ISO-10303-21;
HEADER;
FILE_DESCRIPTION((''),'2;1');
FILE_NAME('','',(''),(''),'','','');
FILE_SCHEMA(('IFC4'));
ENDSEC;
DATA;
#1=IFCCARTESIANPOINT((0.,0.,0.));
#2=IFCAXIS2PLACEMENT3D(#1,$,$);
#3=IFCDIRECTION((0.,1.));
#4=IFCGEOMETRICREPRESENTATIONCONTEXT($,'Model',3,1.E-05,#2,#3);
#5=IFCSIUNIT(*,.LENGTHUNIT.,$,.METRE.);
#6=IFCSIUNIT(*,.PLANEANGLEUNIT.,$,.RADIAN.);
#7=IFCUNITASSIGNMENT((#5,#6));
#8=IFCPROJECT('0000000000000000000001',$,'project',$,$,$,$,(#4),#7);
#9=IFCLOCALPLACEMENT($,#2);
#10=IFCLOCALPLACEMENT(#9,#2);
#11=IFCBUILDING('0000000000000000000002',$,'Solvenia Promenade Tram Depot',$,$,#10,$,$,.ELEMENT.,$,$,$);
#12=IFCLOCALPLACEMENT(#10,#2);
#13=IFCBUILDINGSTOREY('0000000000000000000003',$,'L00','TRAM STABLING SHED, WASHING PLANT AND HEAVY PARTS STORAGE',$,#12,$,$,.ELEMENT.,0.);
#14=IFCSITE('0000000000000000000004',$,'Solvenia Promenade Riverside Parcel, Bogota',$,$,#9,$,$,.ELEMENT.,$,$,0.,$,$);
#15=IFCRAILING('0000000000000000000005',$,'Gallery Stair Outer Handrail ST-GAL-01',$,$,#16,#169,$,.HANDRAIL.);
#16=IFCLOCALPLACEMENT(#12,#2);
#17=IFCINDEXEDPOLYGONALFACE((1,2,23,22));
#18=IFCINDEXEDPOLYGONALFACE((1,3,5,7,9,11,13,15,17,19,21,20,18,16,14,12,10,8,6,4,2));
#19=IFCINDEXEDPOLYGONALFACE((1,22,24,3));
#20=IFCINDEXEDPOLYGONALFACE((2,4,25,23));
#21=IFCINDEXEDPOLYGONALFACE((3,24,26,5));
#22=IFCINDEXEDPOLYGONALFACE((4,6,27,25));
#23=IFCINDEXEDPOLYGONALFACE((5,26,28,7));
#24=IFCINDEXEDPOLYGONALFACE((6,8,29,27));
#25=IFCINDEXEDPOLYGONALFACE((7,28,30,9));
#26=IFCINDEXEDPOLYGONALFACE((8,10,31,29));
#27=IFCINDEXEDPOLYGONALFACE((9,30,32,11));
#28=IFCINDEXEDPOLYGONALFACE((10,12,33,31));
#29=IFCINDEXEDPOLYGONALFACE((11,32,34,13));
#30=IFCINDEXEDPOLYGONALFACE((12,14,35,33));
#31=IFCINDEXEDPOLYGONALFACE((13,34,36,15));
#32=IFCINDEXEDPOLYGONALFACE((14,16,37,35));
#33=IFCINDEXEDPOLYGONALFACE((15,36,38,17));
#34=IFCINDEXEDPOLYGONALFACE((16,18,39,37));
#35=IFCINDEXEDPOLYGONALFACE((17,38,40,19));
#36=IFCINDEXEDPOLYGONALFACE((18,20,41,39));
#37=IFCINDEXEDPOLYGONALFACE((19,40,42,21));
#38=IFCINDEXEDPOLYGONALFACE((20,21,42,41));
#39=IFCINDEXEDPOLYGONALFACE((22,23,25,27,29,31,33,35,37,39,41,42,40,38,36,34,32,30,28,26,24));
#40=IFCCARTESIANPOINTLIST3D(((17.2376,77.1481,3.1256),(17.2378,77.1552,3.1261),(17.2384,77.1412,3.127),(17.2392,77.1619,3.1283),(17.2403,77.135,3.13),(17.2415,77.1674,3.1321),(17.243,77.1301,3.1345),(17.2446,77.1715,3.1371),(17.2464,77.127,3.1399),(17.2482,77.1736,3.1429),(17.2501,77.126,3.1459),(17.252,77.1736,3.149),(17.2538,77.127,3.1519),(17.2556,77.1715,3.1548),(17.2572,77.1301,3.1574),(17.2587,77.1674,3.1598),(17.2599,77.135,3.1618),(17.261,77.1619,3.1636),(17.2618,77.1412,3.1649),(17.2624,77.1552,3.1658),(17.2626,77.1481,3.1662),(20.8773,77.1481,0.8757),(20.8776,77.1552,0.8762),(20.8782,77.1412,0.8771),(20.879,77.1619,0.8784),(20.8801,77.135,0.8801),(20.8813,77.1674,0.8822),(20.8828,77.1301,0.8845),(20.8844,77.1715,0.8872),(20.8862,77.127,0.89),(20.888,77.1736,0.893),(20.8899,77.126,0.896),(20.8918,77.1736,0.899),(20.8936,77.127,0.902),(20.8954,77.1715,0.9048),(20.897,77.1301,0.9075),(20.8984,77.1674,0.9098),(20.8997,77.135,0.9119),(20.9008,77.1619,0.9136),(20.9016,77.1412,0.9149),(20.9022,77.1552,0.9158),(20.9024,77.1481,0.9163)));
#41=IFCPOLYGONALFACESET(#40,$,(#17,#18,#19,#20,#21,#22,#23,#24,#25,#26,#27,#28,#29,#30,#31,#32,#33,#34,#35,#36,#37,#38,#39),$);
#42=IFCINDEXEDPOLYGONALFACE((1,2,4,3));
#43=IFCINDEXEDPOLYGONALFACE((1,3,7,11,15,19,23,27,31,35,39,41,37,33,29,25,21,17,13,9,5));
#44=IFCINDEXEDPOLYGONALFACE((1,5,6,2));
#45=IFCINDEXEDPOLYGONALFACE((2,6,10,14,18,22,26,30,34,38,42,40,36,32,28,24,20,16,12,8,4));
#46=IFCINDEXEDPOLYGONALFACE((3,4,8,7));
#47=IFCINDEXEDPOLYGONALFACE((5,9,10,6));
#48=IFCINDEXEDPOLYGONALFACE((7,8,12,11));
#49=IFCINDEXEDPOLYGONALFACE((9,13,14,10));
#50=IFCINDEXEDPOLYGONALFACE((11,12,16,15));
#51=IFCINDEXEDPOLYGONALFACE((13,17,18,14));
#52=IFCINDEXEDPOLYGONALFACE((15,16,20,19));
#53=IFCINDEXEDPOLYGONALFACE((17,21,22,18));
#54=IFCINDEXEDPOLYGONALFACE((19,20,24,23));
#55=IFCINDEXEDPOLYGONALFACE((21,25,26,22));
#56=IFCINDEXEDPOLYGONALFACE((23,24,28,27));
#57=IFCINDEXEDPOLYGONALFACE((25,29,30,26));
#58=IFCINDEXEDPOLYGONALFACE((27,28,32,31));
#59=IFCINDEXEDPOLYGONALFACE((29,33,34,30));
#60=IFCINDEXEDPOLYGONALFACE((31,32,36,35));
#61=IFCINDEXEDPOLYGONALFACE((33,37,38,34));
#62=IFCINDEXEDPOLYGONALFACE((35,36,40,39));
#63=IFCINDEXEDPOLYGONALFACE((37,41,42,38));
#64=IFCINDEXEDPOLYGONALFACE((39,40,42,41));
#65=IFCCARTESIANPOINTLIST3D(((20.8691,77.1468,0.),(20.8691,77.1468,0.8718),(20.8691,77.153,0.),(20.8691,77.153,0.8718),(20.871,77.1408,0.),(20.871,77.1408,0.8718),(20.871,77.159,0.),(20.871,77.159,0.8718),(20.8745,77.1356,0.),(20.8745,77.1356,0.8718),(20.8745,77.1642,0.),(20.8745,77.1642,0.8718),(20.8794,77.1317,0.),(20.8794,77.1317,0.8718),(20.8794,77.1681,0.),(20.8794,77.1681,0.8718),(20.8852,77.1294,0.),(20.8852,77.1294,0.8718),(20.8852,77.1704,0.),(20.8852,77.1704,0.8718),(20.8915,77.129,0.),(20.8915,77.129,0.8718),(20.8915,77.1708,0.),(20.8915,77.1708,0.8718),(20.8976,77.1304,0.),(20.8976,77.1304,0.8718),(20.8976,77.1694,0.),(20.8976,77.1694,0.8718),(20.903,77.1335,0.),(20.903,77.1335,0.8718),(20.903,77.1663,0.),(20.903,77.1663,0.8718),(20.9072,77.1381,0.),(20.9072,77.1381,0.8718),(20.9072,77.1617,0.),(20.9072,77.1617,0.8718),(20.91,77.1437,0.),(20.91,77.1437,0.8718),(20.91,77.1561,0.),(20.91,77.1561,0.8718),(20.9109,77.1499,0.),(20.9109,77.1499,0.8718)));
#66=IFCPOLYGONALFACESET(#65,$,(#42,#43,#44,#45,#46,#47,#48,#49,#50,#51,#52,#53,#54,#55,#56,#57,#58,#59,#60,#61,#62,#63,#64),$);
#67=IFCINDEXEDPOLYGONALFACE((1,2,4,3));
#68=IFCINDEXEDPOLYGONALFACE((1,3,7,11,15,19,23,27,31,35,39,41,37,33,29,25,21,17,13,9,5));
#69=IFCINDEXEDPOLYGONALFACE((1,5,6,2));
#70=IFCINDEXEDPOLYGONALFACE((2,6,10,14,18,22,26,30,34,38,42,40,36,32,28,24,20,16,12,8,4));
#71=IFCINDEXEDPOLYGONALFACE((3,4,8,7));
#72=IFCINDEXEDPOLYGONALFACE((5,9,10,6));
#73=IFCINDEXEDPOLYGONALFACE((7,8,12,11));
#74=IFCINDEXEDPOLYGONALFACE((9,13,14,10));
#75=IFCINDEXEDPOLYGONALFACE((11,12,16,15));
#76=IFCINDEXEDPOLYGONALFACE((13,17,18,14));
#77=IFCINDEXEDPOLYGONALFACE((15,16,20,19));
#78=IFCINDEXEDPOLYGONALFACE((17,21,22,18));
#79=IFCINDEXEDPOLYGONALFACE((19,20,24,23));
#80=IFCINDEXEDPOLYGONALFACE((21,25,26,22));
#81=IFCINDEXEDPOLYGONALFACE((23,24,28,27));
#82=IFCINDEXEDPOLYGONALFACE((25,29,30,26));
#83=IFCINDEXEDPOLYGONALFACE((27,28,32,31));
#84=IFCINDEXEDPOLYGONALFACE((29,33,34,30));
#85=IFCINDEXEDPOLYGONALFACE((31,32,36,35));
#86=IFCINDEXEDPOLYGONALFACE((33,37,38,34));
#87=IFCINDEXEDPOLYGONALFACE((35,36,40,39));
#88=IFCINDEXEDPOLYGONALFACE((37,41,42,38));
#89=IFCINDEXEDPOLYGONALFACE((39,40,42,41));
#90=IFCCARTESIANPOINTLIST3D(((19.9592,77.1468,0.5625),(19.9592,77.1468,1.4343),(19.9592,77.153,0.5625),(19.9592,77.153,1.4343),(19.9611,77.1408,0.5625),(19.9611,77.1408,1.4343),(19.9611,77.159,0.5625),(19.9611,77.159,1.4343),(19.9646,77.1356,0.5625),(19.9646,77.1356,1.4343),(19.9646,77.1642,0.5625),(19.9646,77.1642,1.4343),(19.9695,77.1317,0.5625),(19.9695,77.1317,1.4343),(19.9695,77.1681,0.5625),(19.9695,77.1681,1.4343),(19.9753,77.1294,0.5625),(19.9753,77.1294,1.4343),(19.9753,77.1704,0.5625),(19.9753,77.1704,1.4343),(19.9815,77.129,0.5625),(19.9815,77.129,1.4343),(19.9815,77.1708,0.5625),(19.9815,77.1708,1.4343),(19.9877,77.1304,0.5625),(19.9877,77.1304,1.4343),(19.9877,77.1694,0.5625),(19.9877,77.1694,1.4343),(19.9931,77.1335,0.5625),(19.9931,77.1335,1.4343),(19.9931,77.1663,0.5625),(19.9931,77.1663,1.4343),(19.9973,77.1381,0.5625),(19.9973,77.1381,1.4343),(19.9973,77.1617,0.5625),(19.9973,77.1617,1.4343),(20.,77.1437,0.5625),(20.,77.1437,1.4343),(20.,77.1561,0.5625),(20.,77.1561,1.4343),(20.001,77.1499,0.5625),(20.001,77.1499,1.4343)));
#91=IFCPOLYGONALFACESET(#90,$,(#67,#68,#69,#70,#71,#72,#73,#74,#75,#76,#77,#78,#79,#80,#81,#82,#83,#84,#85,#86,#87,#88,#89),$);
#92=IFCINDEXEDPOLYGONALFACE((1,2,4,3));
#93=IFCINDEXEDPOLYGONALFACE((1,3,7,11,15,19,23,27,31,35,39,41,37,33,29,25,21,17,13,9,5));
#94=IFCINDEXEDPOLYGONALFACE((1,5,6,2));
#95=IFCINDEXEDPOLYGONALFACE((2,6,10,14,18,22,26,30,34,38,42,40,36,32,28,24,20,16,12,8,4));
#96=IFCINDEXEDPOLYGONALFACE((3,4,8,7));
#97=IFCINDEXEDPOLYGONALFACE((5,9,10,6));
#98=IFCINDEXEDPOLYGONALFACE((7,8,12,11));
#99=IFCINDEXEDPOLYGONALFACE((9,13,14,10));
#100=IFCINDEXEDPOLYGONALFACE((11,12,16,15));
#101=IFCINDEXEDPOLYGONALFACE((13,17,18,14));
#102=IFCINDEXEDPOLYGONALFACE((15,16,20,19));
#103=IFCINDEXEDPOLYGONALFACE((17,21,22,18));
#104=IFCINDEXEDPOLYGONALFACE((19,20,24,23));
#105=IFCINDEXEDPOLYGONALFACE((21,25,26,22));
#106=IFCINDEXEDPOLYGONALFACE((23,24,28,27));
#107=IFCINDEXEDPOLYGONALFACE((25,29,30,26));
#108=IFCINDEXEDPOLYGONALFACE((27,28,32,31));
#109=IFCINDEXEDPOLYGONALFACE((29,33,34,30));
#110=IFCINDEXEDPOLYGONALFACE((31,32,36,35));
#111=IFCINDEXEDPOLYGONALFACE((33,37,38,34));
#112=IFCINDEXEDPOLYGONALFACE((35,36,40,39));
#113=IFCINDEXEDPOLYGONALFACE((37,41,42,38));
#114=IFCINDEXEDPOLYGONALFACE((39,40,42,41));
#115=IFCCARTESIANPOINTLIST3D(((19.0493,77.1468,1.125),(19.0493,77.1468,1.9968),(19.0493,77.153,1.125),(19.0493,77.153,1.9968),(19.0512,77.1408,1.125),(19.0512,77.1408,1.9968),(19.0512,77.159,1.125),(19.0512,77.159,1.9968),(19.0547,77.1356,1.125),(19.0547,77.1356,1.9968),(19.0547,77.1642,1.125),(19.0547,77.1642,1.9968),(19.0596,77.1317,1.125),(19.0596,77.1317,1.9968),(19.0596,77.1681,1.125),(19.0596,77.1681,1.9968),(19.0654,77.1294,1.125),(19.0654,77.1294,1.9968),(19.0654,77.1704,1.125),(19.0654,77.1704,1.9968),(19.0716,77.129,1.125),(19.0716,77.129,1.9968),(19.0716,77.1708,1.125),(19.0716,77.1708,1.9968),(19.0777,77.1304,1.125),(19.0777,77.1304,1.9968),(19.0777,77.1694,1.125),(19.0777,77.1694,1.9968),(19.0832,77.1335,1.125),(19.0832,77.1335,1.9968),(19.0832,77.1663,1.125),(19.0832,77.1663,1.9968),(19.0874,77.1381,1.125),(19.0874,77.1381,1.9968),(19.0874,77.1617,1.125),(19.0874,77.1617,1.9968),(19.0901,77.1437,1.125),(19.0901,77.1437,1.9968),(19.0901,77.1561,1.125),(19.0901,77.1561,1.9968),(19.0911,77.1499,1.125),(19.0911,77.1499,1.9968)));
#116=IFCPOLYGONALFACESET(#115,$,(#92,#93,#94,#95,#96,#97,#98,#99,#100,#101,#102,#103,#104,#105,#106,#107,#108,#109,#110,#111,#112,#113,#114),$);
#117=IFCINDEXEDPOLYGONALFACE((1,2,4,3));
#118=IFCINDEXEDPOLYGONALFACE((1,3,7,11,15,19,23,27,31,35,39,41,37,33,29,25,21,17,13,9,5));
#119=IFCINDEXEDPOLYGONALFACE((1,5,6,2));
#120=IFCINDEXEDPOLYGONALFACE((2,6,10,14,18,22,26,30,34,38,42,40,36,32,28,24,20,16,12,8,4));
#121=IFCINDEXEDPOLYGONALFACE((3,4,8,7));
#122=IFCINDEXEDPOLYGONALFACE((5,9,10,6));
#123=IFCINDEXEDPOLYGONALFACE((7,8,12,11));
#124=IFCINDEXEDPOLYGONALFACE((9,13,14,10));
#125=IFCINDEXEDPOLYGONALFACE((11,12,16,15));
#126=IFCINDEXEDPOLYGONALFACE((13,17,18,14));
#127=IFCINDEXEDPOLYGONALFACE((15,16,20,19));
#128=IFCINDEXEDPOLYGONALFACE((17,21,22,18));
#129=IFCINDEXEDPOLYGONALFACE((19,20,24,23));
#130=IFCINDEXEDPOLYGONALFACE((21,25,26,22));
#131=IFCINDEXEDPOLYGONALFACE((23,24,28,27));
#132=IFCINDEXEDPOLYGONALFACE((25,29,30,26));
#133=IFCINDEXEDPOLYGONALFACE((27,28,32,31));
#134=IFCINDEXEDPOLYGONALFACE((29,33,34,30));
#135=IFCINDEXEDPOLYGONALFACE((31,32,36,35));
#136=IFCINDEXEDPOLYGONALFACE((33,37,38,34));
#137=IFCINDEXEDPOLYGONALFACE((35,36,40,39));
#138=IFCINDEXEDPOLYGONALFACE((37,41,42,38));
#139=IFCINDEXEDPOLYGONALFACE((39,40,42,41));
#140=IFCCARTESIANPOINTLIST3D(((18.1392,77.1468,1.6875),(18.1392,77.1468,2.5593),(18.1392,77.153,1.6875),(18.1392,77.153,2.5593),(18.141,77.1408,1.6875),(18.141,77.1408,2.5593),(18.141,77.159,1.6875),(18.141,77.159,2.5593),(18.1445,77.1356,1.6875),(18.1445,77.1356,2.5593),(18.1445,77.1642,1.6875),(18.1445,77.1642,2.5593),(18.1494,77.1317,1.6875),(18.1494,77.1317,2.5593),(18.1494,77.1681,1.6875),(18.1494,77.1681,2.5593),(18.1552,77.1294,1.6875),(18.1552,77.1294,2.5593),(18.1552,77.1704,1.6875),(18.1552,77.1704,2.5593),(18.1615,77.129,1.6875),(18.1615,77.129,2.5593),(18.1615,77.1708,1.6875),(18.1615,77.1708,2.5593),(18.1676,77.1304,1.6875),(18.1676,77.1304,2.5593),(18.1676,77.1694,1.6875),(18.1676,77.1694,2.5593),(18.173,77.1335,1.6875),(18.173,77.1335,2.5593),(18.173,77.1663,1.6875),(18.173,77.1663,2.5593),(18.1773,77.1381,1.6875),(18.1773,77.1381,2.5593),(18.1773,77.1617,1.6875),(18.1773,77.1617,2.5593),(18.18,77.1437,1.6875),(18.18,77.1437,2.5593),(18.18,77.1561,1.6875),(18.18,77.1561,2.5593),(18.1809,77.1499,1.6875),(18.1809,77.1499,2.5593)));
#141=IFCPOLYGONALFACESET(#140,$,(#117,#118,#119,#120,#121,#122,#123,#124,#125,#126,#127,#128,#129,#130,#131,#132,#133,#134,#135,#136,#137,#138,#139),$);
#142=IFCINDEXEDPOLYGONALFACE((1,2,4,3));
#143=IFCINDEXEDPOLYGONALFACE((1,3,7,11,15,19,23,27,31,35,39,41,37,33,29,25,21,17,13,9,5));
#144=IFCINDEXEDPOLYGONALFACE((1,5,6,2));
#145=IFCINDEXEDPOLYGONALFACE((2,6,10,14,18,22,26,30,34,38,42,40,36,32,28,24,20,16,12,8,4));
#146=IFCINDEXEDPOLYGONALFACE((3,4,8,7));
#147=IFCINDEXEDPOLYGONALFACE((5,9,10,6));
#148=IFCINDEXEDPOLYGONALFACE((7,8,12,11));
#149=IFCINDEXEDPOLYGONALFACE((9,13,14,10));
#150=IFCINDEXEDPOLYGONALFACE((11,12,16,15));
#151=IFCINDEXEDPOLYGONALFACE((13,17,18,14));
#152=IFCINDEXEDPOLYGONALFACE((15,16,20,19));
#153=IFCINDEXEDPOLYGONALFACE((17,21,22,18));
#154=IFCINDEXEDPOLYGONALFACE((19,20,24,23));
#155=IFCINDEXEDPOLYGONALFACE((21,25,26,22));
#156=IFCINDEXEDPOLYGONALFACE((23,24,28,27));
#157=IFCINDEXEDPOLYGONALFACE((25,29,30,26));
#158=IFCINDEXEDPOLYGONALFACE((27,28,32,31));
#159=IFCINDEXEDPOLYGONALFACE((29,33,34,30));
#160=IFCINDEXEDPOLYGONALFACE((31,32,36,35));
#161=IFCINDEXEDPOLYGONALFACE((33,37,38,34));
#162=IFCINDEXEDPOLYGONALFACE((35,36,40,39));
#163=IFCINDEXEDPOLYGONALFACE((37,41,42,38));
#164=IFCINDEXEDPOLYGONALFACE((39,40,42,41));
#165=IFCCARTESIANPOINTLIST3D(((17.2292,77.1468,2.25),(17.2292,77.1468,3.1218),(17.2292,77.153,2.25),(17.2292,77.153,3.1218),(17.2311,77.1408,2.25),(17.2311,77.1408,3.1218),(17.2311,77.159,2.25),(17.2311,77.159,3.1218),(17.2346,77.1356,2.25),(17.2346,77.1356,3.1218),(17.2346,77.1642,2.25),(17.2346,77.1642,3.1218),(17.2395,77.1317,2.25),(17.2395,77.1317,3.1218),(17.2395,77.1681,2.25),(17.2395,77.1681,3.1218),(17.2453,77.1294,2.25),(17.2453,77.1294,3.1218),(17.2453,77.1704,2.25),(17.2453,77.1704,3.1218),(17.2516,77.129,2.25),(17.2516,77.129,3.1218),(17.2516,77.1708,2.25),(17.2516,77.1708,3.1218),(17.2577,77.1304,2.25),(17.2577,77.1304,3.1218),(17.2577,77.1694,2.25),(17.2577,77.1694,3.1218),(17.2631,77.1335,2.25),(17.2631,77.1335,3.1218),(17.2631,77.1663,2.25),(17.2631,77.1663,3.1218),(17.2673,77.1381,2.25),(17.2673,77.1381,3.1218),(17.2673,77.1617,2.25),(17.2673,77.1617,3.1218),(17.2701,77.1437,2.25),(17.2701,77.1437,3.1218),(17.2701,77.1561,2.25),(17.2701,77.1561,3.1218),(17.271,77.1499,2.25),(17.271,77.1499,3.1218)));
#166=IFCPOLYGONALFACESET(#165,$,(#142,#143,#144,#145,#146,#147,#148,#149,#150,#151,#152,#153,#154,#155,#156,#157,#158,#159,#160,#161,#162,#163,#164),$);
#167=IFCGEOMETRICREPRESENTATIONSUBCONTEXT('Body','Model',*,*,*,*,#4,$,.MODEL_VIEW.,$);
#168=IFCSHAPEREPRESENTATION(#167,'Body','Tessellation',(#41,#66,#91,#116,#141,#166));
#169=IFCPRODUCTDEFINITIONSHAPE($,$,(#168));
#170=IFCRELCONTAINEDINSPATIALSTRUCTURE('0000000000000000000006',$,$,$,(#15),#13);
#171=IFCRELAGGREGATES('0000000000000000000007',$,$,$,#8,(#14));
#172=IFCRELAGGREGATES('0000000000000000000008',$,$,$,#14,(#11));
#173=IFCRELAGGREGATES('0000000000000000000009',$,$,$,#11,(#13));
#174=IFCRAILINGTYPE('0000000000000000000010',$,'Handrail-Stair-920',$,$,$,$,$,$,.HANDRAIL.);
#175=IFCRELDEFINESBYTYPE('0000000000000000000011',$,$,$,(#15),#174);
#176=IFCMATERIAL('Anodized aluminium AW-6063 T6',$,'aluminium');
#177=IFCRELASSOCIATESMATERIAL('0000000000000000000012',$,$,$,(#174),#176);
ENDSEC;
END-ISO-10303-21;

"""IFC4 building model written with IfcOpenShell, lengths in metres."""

from ifc_helpers import new_model, si_unit, direction, frame, origin, origin_2d, place, context, subcontext, project, spatial, circle, extrude, material, type_object, element, save


model = new_model("IFC4")

# Units and contexts
model_context = context("Model", 3, precision=1e-05, world=origin(), true_north=direction((0.0, 1.0)))
body_context = subcontext(model_context, "Body", "Model", "MODEL_VIEW")
ifc_project = project(units=[si_unit("LENGTHUNIT", "METRE"), si_unit("PLANEANGLEUNIT", "RADIAN")], contexts=[model_context])

# Site, building, storey
site_placement = place(None, origin())
site = spatial("IfcSite", under=ifc_project, at=site_placement, Name="Solvenia Promenade Riverside Parcel, Bogota", CompositionType="ELEMENT", RefElevation=0.0)
building_placement = place(site_placement, origin())
building = spatial("IfcBuilding", under=site, at=building_placement, Name="Solvenia Promenade Tram Depot", CompositionType="ELEMENT")
storey_placement = place(building_placement, origin())
storey = spatial("IfcBuildingStorey", under=building, at=storey_placement, Name="L00", Description="TRAM STABLING SHED, WASHING PLANT AND HEAVY PARTS STORAGE", CompositionType="ELEMENT", Elevation=0.0)

# Railing
ifc_material_1 = material(Name="Anodized aluminium AW-6063 T6", Category="aluminium")
railing_type_1 = type_object("IfcRailingType", Name="Handrail-Stair-920", PredefinedType="HANDRAIL", material=ifc_material_1)
railing_1_placement = place(storey_placement, frame((20.8899, 77.1499, 0.0)))
element("IfcRailing", 1, at=railing_1_placement, inside=storey, type_object=railing_type_1, Name="Gallery Stair Outer Handrail ST-GAL-01", PredefinedType="HANDRAIL", context=body_context, shape_type="SweptSolid", body=[
    extrude(circle(Radius=0.0239, at=origin_2d()), frame((0.0, 0.0, 0.896), z_axis=(-0.850607, 0.0, 0.525803), x_axis=(0.0, -1.0, 0.0)), (0.0, 0.0, 1.0), 4.2791),
    extrude(circle(Radius=0.021, at=origin_2d()), origin(), (0.0, 0.0, 1.0), 0.8718),
    extrude(circle(Radius=0.021, at=origin_2d()), frame((-0.9099, 0.0, 0.5625)), (0.0, 0.0, 1.0), 0.8718),
    extrude(circle(Radius=0.021, at=origin_2d()), frame((-1.8198, 0.0, 1.125)), (0.0, 0.0, 1.0), 0.8718),
    extrude(circle(Radius=0.021, at=origin_2d()), frame((-2.73, 0.0, 1.6875)), (0.0, 0.0, 1.0), 0.8718),
    extrude(circle(Radius=0.021, at=origin_2d()), frame((-3.6399, 0.0, 2.25)), (0.0, 0.0, 1.0), 0.8718),
])

save(model, "model.ifc")
